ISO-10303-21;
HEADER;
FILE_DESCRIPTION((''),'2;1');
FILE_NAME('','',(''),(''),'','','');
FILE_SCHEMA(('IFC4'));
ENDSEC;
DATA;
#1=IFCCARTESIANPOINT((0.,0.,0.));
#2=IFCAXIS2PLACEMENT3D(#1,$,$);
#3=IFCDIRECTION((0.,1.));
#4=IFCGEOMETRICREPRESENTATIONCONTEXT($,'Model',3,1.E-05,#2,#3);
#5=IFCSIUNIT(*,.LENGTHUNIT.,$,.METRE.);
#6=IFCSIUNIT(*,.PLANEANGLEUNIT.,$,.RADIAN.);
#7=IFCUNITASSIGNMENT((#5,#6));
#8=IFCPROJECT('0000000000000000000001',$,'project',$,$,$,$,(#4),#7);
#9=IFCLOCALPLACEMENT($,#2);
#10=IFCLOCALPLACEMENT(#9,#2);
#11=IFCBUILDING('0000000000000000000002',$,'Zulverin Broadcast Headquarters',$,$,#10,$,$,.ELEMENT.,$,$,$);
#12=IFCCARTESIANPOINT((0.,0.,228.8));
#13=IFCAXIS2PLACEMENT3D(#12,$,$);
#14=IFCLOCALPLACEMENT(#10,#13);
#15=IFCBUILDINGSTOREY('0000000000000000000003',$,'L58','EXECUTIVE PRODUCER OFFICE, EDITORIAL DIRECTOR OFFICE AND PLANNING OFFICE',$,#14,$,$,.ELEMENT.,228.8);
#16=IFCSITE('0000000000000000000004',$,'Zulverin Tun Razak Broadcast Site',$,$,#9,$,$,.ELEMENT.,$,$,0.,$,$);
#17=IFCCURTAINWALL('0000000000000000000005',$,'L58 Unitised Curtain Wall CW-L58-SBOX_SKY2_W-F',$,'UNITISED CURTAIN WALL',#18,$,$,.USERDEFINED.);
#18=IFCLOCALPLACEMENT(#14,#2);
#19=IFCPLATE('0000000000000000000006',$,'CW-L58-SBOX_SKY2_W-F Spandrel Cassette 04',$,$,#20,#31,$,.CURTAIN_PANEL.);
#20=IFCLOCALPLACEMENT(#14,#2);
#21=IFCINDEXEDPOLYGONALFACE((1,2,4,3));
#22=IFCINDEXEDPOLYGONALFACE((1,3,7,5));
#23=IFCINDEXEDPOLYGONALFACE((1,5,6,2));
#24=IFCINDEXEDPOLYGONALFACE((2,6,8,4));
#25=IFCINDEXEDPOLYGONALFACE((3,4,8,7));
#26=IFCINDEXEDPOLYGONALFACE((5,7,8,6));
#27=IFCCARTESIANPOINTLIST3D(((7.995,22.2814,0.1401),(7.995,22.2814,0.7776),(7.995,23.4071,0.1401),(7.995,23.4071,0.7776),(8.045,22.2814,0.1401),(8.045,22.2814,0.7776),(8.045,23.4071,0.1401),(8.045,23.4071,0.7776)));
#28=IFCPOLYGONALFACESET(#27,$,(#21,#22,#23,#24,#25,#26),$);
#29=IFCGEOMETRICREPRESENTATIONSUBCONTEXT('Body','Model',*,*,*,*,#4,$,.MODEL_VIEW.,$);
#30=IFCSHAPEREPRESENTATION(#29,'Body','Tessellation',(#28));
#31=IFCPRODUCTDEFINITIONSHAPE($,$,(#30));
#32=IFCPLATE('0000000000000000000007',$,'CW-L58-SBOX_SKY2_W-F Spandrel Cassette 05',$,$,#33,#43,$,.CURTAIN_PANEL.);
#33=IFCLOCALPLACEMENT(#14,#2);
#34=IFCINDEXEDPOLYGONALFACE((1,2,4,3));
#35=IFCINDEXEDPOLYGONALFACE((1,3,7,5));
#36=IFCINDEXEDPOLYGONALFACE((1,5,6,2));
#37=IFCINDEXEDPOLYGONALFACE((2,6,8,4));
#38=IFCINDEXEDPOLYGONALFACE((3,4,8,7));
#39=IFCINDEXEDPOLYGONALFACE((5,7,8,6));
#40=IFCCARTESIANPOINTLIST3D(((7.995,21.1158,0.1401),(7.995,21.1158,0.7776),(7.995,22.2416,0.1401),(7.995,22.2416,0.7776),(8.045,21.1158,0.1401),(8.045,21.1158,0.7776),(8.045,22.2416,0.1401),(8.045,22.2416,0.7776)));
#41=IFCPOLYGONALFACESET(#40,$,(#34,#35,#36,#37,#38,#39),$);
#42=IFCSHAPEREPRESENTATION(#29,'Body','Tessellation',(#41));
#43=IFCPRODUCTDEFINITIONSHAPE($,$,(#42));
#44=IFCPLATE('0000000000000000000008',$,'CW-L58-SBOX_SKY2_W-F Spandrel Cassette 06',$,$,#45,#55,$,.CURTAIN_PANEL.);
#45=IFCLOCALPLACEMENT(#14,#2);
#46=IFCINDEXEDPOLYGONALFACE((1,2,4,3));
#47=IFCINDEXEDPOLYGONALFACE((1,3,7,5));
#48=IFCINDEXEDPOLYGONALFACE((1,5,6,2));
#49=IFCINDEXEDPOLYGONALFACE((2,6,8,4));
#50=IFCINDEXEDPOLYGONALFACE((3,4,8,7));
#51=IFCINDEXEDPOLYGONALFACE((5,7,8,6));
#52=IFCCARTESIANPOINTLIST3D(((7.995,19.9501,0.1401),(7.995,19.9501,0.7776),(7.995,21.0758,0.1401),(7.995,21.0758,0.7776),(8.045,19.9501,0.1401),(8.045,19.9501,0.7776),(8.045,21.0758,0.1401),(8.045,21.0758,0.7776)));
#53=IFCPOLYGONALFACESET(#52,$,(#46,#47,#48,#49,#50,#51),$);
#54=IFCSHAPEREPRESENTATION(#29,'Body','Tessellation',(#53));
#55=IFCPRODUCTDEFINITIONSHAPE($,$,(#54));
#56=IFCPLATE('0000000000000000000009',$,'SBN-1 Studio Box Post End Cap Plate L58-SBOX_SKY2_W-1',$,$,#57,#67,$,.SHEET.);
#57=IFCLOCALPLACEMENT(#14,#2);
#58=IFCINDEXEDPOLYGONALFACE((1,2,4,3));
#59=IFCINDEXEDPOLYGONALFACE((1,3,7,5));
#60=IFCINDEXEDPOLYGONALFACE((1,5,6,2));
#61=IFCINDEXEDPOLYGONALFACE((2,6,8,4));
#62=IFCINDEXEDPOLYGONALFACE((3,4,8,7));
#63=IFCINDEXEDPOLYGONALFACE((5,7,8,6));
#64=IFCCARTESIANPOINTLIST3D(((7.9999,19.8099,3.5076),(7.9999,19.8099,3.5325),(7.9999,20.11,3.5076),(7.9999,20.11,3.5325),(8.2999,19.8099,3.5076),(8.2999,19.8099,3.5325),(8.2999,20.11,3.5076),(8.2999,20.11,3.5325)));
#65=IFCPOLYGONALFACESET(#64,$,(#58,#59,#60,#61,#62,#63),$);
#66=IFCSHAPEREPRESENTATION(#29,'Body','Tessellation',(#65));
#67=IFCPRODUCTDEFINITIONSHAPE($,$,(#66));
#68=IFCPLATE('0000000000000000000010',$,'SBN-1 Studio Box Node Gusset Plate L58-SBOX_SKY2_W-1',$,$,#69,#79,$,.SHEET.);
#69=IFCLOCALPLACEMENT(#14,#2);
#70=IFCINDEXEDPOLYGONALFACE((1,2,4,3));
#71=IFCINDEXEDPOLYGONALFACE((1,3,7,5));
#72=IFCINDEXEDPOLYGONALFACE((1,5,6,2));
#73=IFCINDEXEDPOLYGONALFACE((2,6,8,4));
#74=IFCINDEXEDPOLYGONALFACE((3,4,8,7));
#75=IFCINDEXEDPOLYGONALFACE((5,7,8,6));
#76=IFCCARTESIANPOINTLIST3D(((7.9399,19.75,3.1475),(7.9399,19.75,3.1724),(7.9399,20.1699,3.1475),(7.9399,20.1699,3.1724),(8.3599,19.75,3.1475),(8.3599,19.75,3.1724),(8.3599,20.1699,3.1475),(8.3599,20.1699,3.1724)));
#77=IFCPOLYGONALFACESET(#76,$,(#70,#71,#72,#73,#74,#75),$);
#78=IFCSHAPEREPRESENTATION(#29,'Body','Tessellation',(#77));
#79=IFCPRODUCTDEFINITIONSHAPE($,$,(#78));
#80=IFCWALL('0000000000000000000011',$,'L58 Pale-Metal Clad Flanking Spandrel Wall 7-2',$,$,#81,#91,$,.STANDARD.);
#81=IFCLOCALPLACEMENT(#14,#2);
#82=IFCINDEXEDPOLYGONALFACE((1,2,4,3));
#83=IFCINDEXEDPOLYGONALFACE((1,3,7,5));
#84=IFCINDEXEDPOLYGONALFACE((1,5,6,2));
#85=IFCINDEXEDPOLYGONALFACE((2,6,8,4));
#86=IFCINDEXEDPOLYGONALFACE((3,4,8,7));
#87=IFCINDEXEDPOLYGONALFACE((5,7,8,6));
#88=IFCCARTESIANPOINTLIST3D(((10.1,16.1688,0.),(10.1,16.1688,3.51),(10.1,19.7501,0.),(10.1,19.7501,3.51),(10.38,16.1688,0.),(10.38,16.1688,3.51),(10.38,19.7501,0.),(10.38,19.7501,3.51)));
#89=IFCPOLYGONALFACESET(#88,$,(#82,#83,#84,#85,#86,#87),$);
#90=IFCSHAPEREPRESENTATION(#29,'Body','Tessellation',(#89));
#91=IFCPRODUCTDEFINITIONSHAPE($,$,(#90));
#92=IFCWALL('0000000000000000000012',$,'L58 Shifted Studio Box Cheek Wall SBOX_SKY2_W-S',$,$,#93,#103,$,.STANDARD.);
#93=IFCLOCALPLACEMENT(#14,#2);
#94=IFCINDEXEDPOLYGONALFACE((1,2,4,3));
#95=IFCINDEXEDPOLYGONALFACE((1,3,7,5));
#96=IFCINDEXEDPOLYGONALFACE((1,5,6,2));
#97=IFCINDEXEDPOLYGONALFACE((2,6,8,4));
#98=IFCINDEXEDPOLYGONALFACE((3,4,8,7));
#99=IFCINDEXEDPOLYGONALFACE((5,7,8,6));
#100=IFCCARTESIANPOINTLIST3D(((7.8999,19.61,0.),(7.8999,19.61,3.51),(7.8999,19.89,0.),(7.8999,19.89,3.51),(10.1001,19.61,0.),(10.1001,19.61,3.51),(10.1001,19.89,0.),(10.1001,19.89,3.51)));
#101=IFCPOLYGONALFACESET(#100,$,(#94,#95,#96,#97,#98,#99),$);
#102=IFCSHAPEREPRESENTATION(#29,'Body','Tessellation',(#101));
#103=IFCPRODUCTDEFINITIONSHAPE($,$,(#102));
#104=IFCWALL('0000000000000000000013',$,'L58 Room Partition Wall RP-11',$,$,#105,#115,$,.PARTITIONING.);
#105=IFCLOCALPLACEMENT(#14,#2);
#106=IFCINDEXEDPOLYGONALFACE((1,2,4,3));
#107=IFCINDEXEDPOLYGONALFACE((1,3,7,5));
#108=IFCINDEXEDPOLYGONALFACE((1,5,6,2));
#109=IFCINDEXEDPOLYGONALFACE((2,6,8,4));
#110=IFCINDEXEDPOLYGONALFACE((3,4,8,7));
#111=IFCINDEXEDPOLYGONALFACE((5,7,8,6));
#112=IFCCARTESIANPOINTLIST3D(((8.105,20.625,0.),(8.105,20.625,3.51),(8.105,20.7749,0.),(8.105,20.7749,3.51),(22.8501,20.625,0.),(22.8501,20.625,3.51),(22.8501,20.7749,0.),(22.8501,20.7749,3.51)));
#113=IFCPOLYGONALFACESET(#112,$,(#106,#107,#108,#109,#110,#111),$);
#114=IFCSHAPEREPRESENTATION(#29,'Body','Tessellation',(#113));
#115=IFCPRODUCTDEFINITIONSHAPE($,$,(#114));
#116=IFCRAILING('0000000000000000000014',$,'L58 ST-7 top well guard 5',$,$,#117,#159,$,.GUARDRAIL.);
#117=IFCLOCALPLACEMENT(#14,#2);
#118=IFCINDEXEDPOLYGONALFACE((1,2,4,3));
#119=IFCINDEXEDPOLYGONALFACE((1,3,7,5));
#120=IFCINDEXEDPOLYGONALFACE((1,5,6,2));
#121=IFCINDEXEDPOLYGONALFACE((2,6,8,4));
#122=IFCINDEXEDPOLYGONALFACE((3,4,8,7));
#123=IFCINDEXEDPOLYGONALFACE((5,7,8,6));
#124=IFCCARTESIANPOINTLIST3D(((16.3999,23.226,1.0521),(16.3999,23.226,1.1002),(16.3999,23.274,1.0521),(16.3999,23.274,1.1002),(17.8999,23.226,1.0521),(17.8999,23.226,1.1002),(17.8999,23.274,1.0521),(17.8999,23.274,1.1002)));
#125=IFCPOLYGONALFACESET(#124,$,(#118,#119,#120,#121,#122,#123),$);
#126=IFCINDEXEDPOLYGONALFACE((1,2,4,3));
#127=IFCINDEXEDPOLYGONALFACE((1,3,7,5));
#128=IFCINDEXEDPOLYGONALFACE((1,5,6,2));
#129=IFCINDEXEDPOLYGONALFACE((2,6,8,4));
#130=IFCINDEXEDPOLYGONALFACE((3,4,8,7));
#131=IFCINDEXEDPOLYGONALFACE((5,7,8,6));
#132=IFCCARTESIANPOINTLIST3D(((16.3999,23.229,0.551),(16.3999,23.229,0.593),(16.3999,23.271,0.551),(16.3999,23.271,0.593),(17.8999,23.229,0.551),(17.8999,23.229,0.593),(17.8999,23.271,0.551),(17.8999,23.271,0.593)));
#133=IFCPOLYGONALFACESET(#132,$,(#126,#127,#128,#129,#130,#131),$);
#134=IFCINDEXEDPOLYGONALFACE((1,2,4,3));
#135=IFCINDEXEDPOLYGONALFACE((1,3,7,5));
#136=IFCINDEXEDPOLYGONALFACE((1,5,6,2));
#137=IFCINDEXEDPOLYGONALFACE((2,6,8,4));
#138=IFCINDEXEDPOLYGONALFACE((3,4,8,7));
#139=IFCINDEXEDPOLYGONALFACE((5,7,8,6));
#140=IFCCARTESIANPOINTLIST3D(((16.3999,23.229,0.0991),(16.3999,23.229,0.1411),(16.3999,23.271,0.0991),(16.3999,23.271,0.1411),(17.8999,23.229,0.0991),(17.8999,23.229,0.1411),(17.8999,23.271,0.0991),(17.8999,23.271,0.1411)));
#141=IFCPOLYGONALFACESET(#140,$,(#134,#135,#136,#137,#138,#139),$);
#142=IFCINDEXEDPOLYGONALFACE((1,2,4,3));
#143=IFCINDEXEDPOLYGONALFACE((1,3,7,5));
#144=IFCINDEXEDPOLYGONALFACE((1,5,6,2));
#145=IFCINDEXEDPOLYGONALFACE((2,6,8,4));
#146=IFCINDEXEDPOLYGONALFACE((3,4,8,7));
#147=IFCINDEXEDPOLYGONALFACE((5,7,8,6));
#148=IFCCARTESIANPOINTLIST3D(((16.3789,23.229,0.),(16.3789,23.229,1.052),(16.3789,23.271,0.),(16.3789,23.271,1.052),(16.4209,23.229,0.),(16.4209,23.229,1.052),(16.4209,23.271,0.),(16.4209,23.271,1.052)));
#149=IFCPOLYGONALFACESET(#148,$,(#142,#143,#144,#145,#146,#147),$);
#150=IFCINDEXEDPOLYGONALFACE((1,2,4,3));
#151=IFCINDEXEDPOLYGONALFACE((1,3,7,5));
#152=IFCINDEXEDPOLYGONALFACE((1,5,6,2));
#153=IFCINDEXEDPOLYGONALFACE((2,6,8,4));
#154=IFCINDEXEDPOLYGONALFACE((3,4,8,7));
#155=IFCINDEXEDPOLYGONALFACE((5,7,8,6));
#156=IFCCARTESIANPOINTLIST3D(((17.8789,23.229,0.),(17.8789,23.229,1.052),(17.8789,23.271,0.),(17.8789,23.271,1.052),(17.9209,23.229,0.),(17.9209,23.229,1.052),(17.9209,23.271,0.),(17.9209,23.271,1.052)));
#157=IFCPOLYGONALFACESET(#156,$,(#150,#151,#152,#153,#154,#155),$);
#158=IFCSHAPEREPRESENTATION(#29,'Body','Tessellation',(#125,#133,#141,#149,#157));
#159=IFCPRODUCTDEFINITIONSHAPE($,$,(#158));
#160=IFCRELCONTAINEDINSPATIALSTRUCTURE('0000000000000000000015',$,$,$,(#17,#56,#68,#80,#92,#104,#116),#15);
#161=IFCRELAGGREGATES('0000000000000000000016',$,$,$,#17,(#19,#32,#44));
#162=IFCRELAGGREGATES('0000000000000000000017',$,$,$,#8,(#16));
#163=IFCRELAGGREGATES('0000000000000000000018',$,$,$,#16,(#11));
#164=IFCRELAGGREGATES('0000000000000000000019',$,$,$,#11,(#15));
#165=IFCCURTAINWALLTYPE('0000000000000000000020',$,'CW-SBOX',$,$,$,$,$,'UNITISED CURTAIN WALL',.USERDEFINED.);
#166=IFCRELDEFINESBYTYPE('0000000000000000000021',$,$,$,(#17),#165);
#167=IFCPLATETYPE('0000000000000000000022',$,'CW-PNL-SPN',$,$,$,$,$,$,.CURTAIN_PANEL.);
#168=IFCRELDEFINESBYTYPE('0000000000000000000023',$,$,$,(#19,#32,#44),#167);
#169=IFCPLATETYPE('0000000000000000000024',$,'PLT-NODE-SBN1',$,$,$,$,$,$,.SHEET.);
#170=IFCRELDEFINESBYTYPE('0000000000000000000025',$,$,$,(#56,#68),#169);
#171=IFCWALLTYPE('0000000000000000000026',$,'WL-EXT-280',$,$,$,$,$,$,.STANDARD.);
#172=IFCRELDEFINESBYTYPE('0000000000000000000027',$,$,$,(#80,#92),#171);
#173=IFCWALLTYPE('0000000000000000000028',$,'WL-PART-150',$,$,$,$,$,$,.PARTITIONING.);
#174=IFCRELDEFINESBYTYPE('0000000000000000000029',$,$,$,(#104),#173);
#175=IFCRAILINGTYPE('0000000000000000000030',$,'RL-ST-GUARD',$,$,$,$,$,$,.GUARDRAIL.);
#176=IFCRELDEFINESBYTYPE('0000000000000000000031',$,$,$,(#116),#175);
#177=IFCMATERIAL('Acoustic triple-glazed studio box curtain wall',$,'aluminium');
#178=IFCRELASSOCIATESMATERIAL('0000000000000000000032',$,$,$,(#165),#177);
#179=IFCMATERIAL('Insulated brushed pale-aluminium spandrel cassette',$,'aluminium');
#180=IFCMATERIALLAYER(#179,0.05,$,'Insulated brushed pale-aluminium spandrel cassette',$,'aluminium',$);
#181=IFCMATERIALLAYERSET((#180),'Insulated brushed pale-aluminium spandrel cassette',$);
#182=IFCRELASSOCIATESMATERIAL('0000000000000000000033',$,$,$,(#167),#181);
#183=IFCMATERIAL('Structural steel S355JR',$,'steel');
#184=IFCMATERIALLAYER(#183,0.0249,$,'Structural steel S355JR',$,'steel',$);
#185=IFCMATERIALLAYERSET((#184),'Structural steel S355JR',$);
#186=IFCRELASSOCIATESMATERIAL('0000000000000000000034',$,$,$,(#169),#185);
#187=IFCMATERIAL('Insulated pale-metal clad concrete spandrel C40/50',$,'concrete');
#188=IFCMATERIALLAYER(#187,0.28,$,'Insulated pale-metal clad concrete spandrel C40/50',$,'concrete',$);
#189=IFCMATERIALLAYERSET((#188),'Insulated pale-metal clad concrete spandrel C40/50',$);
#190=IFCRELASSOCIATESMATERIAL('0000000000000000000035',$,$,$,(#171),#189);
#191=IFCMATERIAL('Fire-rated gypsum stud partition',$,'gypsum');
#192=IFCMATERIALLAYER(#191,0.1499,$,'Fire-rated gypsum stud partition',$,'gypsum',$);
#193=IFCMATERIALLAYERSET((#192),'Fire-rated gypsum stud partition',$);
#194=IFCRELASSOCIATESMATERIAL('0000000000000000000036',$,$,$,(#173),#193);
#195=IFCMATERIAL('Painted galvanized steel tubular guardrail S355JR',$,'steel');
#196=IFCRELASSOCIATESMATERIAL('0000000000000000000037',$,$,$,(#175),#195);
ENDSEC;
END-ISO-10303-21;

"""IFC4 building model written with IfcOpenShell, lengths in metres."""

from ifc_helpers import new_model, si_unit, direction, frame, frame_2d, origin, origin_2d, place, context, subcontext, project, spatial, rectangle, extrude, material, layer, layer_set, type_object, element, aggregate, save


model = new_model("IFC4")

# Units and contexts
model_context = context("Model", 3, precision=1e-05, world=origin(), true_north=direction((0.0, 1.0)))
body_context = subcontext(model_context, "Body", "Model", "MODEL_VIEW")
ifc_project = project(units=[si_unit("LENGTHUNIT", "METRE"), si_unit("PLANEANGLEUNIT", "RADIAN")], contexts=[model_context])

# Site, building, storey
site_placement = place(None, origin())
site = spatial("IfcSite", under=ifc_project, at=site_placement, Name="Zulverin Tun Razak Broadcast Site", CompositionType="ELEMENT", RefElevation=0.0)
building_placement = place(site_placement, origin())
building = spatial("IfcBuilding", under=site, at=building_placement, Name="Zulverin Broadcast Headquarters", CompositionType="ELEMENT")
storey_placement = place(building_placement, frame((0.0, 0.0, 228.8)))
storey = spatial("IfcBuildingStorey", under=building, at=storey_placement, Name="L58", Description="EXECUTIVE PRODUCER OFFICE, EDITORIAL DIRECTOR OFFICE AND PLANNING OFFICE", CompositionType="ELEMENT", Elevation=228.8)

# Shared definitions
ifc_material_1 = material(Name="Structural steel S355JR", Category="steel")

# Curtain wall
ifc_material_2 = material(Name="Acoustic triple-glazed studio box curtain wall", Category="aluminium")
curtain_wall_type = type_object("IfcCurtainWallType", Name="CW-SBOX", ElementType="UNITISED CURTAIN WALL", PredefinedType="USERDEFINED", material=ifc_material_2)
curtain_wall_placement = place(storey_placement, origin())
curtain_wall = element("IfcCurtainWall", 1, at=curtain_wall_placement, inside=storey, type_object=curtain_wall_type, Name="L58 Unitised Curtain Wall CW-L58-SBOX_SKY2_W-F", ObjectType="UNITISED CURTAIN WALL", PredefinedType="USERDEFINED")

# Plates
ifc_material_3 = material(Name="Insulated brushed pale-aluminium spandrel cassette", Category="aluminium")
ifc_layer_1 = layer(ifc_material_3, 0.05, Name="Insulated brushed pale-aluminium spandrel cassette", Category="aluminium")
ifc_layer_set_1 = layer_set([ifc_layer_1], Name="Insulated brushed pale-aluminium spandrel cassette")
plate_type_1 = type_object("IfcPlateType", Name="CW-PNL-SPN", PredefinedType="CURTAIN_PANEL", material=ifc_layer_set_1)
plate_1_placement = place(storey_placement, frame((8.02, 22.8442, 0.1401), z_axis=(0.0, 0.0, 1.0), x_axis=(0.0, -1.0, 0.0)))
plate_1 = element("IfcPlate", 2, at=plate_1_placement, type_object=plate_type_1, Name="CW-L58-SBOX_SKY2_W-F Spandrel Cassette 04", PredefinedType="CURTAIN_PANEL", context=body_context, shape_type="SweptSolid", body=[
    extrude(rectangle(XDim=1.1257, YDim=0.05, at=origin_2d()), origin(), (0.0, 0.0, 1.0), 0.6375),
])
plate_2_placement = place(storey_placement, frame((8.02, 21.6787, 0.1401), z_axis=(0.0, 0.0, 1.0), x_axis=(0.0, -1.0, 0.0)))
plate_2 = element("IfcPlate", 3, at=plate_2_placement, type_object=plate_type_1, Name="CW-L58-SBOX_SKY2_W-F Spandrel Cassette 05", PredefinedType="CURTAIN_PANEL", context=body_context, shape_type="SweptSolid", body=[
    extrude(rectangle(XDim=1.1257, YDim=0.05, at=origin_2d()), origin(), (0.0, 0.0, 1.0), 0.6375),
])
plate_3_placement = place(storey_placement, frame((8.02, 20.5129, 0.1401), z_axis=(0.0, 0.0, 1.0), x_axis=(0.0, -1.0, 0.0)))
plate_3 = element("IfcPlate", 4, at=plate_3_placement, type_object=plate_type_1, Name="CW-L58-SBOX_SKY2_W-F Spandrel Cassette 06", PredefinedType="CURTAIN_PANEL", context=body_context, shape_type="SweptSolid", body=[
    extrude(rectangle(XDim=1.1257, YDim=0.05, at=origin_2d()), origin(), (0.0, 0.0, 1.0), 0.6375),
])
aggregate(curtain_wall, [plate_1, plate_2, plate_3])

# Plates
ifc_layer_2 = layer(ifc_material_1, 0.0249, Name="Structural steel S355JR", Category="steel")
ifc_layer_set_2 = layer_set([ifc_layer_2], Name="Structural steel S355JR")
plate_type_2 = type_object("IfcPlateType", Name="PLT-NODE-SBN1", PredefinedType="SHEET", material=ifc_layer_set_2)
plate_4_placement = place(storey_placement, frame((8.1499, 19.96, 3.5076), z_axis=(0.0, 0.0, 1.0), x_axis=(1.0, 0.0, 0.0)))
element("IfcPlate", 5, at=plate_4_placement, inside=storey, type_object=plate_type_2, Name="SBN-1 Studio Box Post End Cap Plate L58-SBOX_SKY2_W-1", PredefinedType="SHEET", context=body_context, shape_type="SweptSolid", body=[
    extrude(rectangle(XDim=0.3, YDim=0.3, at=origin_2d()), origin(), (0.0, 0.0, 1.0), 0.0249),
])
plate_5_placement = place(storey_placement, frame((8.1499, 19.96, 3.1475), z_axis=(0.0, 0.0, 1.0), x_axis=(1.0, 0.0, 0.0)))
element("IfcPlate", 6, at=plate_5_placement, inside=storey, type_object=plate_type_2, Name="SBN-1 Studio Box Node Gusset Plate L58-SBOX_SKY2_W-1", PredefinedType="SHEET", context=body_context, shape_type="SweptSolid", body=[
    extrude(rectangle(XDim=0.4199, YDim=0.4199, at=origin_2d()), origin(), (0.0, 0.0, 1.0), 0.0249),
])

# Walls
ifc_material_4 = material(Name="Insulated pale-metal clad concrete spandrel C40/50", Category="concrete")
ifc_layer_3 = layer(ifc_material_4, 0.28, Name="Insulated pale-metal clad concrete spandrel C40/50", Category="concrete")
ifc_layer_set_3 = layer_set([ifc_layer_3], Name="Insulated pale-metal clad concrete spandrel C40/50")
wall_type_1 = type_object("IfcWallType", Name="WL-EXT-280", PredefinedType="STANDARD", material=ifc_layer_set_3)
wall_1_placement = place(storey_placement, frame((10.24, 19.75, 0.0), z_axis=(0.0, 0.0, 1.0), x_axis=(0.0, -1.0, 0.0)))
element("IfcWall", 7, at=wall_1_placement, inside=storey, type_object=wall_type_1, Name="L58 Pale-Metal Clad Flanking Spandrel Wall 7-2", PredefinedType="STANDARD", context=body_context, shape_type="SweptSolid", body=[
    extrude(rectangle(XDim=3.5813, YDim=0.28, at=frame_2d((1.7905, 0.0))), origin(), (0.0, 0.0, 1.0), 3.51),
])
wall_2_placement = place(storey_placement, frame((7.8999, 19.75, 0.0), z_axis=(0.0, 0.0, 1.0), x_axis=(1.0, 0.0, 0.0)))
element("IfcWall", 8, at=wall_2_placement, inside=storey, type_object=wall_type_1, Name="L58 Shifted Studio Box Cheek Wall SBOX_SKY2_W-S", PredefinedType="STANDARD", context=body_context, shape_type="SweptSolid", body=[
    extrude(rectangle(XDim=2.2002, YDim=0.28, at=frame_2d((1.1001, 0.0))), origin(), (0.0, 0.0, 1.0), 3.51),
])
ifc_material_5 = material(Name="Fire-rated gypsum stud partition", Category="gypsum")
ifc_layer_4 = layer(ifc_material_5, 0.1499, Name="Fire-rated gypsum stud partition", Category="gypsum")
ifc_layer_set_4 = layer_set([ifc_layer_4], Name="Fire-rated gypsum stud partition")
wall_type_2 = type_object("IfcWallType", Name="WL-PART-150", PredefinedType="PARTITIONING", material=ifc_layer_set_4)
wall_3_placement = place(storey_placement, frame((8.105, 20.7, 0.0), z_axis=(0.0, 0.0, 1.0), x_axis=(1.0, 0.0, 0.0)))
element("IfcWall", 9, at=wall_3_placement, inside=storey, type_object=wall_type_2, Name="L58 Room Partition Wall RP-11", PredefinedType="PARTITIONING", context=body_context, shape_type="SweptSolid", body=[
    extrude(rectangle(XDim=14.7451, YDim=0.1499, at=frame_2d((7.3726, 0.0))), origin(), (0.0, 0.0, 1.0), 3.51),
])

# Railing
ifc_material_6 = material(Name="Painted galvanized steel tubular guardrail S355JR", Category="steel")
railing_type = type_object("IfcRailingType", Name="RL-ST-GUARD", PredefinedType="GUARDRAIL", material=ifc_material_6)
railing_placement = place(storey_placement, frame((16.3999, 23.25, 0.0)))
element("IfcRailing", 10, at=railing_placement, inside=storey, type_object=railing_type, Name="L58 ST-7 top well guard 5", PredefinedType="GUARDRAIL", context=body_context, shape_type="SweptSolid", body=[
    extrude(rectangle(XDim=0.0481, YDim=0.0481, at=origin_2d()), frame((0.0, 0.0, 1.0762), z_axis=(1.0, 0.0, 0.0), x_axis=(0.0, 1.0, 0.0)), (0.0, 0.0, 1.0), 1.5),
    extrude(rectangle(XDim=0.042, YDim=0.042, at=origin_2d()), frame((0.0, 0.0, 0.572), z_axis=(1.0, 0.0, 0.0), x_axis=(0.0, 1.0, 0.0)), (0.0, 0.0, 1.0), 1.5),
    extrude(rectangle(XDim=0.042, YDim=0.042, at=origin_2d()), frame((0.0, 0.0, 0.1201), z_axis=(1.0, 0.0, 0.0), x_axis=(0.0, 1.0, 0.0)), (0.0, 0.0, 1.0), 1.5),
    extrude(rectangle(XDim=0.042, YDim=0.042, at=origin_2d()), origin(), (0.0, 0.0, 1.0), 1.052),
    extrude(rectangle(XDim=0.042, YDim=0.042, at=origin_2d()), frame((1.5, 0.0, 0.0)), (0.0, 0.0, 1.0), 1.052),
])

save(model, "model.ifc")
